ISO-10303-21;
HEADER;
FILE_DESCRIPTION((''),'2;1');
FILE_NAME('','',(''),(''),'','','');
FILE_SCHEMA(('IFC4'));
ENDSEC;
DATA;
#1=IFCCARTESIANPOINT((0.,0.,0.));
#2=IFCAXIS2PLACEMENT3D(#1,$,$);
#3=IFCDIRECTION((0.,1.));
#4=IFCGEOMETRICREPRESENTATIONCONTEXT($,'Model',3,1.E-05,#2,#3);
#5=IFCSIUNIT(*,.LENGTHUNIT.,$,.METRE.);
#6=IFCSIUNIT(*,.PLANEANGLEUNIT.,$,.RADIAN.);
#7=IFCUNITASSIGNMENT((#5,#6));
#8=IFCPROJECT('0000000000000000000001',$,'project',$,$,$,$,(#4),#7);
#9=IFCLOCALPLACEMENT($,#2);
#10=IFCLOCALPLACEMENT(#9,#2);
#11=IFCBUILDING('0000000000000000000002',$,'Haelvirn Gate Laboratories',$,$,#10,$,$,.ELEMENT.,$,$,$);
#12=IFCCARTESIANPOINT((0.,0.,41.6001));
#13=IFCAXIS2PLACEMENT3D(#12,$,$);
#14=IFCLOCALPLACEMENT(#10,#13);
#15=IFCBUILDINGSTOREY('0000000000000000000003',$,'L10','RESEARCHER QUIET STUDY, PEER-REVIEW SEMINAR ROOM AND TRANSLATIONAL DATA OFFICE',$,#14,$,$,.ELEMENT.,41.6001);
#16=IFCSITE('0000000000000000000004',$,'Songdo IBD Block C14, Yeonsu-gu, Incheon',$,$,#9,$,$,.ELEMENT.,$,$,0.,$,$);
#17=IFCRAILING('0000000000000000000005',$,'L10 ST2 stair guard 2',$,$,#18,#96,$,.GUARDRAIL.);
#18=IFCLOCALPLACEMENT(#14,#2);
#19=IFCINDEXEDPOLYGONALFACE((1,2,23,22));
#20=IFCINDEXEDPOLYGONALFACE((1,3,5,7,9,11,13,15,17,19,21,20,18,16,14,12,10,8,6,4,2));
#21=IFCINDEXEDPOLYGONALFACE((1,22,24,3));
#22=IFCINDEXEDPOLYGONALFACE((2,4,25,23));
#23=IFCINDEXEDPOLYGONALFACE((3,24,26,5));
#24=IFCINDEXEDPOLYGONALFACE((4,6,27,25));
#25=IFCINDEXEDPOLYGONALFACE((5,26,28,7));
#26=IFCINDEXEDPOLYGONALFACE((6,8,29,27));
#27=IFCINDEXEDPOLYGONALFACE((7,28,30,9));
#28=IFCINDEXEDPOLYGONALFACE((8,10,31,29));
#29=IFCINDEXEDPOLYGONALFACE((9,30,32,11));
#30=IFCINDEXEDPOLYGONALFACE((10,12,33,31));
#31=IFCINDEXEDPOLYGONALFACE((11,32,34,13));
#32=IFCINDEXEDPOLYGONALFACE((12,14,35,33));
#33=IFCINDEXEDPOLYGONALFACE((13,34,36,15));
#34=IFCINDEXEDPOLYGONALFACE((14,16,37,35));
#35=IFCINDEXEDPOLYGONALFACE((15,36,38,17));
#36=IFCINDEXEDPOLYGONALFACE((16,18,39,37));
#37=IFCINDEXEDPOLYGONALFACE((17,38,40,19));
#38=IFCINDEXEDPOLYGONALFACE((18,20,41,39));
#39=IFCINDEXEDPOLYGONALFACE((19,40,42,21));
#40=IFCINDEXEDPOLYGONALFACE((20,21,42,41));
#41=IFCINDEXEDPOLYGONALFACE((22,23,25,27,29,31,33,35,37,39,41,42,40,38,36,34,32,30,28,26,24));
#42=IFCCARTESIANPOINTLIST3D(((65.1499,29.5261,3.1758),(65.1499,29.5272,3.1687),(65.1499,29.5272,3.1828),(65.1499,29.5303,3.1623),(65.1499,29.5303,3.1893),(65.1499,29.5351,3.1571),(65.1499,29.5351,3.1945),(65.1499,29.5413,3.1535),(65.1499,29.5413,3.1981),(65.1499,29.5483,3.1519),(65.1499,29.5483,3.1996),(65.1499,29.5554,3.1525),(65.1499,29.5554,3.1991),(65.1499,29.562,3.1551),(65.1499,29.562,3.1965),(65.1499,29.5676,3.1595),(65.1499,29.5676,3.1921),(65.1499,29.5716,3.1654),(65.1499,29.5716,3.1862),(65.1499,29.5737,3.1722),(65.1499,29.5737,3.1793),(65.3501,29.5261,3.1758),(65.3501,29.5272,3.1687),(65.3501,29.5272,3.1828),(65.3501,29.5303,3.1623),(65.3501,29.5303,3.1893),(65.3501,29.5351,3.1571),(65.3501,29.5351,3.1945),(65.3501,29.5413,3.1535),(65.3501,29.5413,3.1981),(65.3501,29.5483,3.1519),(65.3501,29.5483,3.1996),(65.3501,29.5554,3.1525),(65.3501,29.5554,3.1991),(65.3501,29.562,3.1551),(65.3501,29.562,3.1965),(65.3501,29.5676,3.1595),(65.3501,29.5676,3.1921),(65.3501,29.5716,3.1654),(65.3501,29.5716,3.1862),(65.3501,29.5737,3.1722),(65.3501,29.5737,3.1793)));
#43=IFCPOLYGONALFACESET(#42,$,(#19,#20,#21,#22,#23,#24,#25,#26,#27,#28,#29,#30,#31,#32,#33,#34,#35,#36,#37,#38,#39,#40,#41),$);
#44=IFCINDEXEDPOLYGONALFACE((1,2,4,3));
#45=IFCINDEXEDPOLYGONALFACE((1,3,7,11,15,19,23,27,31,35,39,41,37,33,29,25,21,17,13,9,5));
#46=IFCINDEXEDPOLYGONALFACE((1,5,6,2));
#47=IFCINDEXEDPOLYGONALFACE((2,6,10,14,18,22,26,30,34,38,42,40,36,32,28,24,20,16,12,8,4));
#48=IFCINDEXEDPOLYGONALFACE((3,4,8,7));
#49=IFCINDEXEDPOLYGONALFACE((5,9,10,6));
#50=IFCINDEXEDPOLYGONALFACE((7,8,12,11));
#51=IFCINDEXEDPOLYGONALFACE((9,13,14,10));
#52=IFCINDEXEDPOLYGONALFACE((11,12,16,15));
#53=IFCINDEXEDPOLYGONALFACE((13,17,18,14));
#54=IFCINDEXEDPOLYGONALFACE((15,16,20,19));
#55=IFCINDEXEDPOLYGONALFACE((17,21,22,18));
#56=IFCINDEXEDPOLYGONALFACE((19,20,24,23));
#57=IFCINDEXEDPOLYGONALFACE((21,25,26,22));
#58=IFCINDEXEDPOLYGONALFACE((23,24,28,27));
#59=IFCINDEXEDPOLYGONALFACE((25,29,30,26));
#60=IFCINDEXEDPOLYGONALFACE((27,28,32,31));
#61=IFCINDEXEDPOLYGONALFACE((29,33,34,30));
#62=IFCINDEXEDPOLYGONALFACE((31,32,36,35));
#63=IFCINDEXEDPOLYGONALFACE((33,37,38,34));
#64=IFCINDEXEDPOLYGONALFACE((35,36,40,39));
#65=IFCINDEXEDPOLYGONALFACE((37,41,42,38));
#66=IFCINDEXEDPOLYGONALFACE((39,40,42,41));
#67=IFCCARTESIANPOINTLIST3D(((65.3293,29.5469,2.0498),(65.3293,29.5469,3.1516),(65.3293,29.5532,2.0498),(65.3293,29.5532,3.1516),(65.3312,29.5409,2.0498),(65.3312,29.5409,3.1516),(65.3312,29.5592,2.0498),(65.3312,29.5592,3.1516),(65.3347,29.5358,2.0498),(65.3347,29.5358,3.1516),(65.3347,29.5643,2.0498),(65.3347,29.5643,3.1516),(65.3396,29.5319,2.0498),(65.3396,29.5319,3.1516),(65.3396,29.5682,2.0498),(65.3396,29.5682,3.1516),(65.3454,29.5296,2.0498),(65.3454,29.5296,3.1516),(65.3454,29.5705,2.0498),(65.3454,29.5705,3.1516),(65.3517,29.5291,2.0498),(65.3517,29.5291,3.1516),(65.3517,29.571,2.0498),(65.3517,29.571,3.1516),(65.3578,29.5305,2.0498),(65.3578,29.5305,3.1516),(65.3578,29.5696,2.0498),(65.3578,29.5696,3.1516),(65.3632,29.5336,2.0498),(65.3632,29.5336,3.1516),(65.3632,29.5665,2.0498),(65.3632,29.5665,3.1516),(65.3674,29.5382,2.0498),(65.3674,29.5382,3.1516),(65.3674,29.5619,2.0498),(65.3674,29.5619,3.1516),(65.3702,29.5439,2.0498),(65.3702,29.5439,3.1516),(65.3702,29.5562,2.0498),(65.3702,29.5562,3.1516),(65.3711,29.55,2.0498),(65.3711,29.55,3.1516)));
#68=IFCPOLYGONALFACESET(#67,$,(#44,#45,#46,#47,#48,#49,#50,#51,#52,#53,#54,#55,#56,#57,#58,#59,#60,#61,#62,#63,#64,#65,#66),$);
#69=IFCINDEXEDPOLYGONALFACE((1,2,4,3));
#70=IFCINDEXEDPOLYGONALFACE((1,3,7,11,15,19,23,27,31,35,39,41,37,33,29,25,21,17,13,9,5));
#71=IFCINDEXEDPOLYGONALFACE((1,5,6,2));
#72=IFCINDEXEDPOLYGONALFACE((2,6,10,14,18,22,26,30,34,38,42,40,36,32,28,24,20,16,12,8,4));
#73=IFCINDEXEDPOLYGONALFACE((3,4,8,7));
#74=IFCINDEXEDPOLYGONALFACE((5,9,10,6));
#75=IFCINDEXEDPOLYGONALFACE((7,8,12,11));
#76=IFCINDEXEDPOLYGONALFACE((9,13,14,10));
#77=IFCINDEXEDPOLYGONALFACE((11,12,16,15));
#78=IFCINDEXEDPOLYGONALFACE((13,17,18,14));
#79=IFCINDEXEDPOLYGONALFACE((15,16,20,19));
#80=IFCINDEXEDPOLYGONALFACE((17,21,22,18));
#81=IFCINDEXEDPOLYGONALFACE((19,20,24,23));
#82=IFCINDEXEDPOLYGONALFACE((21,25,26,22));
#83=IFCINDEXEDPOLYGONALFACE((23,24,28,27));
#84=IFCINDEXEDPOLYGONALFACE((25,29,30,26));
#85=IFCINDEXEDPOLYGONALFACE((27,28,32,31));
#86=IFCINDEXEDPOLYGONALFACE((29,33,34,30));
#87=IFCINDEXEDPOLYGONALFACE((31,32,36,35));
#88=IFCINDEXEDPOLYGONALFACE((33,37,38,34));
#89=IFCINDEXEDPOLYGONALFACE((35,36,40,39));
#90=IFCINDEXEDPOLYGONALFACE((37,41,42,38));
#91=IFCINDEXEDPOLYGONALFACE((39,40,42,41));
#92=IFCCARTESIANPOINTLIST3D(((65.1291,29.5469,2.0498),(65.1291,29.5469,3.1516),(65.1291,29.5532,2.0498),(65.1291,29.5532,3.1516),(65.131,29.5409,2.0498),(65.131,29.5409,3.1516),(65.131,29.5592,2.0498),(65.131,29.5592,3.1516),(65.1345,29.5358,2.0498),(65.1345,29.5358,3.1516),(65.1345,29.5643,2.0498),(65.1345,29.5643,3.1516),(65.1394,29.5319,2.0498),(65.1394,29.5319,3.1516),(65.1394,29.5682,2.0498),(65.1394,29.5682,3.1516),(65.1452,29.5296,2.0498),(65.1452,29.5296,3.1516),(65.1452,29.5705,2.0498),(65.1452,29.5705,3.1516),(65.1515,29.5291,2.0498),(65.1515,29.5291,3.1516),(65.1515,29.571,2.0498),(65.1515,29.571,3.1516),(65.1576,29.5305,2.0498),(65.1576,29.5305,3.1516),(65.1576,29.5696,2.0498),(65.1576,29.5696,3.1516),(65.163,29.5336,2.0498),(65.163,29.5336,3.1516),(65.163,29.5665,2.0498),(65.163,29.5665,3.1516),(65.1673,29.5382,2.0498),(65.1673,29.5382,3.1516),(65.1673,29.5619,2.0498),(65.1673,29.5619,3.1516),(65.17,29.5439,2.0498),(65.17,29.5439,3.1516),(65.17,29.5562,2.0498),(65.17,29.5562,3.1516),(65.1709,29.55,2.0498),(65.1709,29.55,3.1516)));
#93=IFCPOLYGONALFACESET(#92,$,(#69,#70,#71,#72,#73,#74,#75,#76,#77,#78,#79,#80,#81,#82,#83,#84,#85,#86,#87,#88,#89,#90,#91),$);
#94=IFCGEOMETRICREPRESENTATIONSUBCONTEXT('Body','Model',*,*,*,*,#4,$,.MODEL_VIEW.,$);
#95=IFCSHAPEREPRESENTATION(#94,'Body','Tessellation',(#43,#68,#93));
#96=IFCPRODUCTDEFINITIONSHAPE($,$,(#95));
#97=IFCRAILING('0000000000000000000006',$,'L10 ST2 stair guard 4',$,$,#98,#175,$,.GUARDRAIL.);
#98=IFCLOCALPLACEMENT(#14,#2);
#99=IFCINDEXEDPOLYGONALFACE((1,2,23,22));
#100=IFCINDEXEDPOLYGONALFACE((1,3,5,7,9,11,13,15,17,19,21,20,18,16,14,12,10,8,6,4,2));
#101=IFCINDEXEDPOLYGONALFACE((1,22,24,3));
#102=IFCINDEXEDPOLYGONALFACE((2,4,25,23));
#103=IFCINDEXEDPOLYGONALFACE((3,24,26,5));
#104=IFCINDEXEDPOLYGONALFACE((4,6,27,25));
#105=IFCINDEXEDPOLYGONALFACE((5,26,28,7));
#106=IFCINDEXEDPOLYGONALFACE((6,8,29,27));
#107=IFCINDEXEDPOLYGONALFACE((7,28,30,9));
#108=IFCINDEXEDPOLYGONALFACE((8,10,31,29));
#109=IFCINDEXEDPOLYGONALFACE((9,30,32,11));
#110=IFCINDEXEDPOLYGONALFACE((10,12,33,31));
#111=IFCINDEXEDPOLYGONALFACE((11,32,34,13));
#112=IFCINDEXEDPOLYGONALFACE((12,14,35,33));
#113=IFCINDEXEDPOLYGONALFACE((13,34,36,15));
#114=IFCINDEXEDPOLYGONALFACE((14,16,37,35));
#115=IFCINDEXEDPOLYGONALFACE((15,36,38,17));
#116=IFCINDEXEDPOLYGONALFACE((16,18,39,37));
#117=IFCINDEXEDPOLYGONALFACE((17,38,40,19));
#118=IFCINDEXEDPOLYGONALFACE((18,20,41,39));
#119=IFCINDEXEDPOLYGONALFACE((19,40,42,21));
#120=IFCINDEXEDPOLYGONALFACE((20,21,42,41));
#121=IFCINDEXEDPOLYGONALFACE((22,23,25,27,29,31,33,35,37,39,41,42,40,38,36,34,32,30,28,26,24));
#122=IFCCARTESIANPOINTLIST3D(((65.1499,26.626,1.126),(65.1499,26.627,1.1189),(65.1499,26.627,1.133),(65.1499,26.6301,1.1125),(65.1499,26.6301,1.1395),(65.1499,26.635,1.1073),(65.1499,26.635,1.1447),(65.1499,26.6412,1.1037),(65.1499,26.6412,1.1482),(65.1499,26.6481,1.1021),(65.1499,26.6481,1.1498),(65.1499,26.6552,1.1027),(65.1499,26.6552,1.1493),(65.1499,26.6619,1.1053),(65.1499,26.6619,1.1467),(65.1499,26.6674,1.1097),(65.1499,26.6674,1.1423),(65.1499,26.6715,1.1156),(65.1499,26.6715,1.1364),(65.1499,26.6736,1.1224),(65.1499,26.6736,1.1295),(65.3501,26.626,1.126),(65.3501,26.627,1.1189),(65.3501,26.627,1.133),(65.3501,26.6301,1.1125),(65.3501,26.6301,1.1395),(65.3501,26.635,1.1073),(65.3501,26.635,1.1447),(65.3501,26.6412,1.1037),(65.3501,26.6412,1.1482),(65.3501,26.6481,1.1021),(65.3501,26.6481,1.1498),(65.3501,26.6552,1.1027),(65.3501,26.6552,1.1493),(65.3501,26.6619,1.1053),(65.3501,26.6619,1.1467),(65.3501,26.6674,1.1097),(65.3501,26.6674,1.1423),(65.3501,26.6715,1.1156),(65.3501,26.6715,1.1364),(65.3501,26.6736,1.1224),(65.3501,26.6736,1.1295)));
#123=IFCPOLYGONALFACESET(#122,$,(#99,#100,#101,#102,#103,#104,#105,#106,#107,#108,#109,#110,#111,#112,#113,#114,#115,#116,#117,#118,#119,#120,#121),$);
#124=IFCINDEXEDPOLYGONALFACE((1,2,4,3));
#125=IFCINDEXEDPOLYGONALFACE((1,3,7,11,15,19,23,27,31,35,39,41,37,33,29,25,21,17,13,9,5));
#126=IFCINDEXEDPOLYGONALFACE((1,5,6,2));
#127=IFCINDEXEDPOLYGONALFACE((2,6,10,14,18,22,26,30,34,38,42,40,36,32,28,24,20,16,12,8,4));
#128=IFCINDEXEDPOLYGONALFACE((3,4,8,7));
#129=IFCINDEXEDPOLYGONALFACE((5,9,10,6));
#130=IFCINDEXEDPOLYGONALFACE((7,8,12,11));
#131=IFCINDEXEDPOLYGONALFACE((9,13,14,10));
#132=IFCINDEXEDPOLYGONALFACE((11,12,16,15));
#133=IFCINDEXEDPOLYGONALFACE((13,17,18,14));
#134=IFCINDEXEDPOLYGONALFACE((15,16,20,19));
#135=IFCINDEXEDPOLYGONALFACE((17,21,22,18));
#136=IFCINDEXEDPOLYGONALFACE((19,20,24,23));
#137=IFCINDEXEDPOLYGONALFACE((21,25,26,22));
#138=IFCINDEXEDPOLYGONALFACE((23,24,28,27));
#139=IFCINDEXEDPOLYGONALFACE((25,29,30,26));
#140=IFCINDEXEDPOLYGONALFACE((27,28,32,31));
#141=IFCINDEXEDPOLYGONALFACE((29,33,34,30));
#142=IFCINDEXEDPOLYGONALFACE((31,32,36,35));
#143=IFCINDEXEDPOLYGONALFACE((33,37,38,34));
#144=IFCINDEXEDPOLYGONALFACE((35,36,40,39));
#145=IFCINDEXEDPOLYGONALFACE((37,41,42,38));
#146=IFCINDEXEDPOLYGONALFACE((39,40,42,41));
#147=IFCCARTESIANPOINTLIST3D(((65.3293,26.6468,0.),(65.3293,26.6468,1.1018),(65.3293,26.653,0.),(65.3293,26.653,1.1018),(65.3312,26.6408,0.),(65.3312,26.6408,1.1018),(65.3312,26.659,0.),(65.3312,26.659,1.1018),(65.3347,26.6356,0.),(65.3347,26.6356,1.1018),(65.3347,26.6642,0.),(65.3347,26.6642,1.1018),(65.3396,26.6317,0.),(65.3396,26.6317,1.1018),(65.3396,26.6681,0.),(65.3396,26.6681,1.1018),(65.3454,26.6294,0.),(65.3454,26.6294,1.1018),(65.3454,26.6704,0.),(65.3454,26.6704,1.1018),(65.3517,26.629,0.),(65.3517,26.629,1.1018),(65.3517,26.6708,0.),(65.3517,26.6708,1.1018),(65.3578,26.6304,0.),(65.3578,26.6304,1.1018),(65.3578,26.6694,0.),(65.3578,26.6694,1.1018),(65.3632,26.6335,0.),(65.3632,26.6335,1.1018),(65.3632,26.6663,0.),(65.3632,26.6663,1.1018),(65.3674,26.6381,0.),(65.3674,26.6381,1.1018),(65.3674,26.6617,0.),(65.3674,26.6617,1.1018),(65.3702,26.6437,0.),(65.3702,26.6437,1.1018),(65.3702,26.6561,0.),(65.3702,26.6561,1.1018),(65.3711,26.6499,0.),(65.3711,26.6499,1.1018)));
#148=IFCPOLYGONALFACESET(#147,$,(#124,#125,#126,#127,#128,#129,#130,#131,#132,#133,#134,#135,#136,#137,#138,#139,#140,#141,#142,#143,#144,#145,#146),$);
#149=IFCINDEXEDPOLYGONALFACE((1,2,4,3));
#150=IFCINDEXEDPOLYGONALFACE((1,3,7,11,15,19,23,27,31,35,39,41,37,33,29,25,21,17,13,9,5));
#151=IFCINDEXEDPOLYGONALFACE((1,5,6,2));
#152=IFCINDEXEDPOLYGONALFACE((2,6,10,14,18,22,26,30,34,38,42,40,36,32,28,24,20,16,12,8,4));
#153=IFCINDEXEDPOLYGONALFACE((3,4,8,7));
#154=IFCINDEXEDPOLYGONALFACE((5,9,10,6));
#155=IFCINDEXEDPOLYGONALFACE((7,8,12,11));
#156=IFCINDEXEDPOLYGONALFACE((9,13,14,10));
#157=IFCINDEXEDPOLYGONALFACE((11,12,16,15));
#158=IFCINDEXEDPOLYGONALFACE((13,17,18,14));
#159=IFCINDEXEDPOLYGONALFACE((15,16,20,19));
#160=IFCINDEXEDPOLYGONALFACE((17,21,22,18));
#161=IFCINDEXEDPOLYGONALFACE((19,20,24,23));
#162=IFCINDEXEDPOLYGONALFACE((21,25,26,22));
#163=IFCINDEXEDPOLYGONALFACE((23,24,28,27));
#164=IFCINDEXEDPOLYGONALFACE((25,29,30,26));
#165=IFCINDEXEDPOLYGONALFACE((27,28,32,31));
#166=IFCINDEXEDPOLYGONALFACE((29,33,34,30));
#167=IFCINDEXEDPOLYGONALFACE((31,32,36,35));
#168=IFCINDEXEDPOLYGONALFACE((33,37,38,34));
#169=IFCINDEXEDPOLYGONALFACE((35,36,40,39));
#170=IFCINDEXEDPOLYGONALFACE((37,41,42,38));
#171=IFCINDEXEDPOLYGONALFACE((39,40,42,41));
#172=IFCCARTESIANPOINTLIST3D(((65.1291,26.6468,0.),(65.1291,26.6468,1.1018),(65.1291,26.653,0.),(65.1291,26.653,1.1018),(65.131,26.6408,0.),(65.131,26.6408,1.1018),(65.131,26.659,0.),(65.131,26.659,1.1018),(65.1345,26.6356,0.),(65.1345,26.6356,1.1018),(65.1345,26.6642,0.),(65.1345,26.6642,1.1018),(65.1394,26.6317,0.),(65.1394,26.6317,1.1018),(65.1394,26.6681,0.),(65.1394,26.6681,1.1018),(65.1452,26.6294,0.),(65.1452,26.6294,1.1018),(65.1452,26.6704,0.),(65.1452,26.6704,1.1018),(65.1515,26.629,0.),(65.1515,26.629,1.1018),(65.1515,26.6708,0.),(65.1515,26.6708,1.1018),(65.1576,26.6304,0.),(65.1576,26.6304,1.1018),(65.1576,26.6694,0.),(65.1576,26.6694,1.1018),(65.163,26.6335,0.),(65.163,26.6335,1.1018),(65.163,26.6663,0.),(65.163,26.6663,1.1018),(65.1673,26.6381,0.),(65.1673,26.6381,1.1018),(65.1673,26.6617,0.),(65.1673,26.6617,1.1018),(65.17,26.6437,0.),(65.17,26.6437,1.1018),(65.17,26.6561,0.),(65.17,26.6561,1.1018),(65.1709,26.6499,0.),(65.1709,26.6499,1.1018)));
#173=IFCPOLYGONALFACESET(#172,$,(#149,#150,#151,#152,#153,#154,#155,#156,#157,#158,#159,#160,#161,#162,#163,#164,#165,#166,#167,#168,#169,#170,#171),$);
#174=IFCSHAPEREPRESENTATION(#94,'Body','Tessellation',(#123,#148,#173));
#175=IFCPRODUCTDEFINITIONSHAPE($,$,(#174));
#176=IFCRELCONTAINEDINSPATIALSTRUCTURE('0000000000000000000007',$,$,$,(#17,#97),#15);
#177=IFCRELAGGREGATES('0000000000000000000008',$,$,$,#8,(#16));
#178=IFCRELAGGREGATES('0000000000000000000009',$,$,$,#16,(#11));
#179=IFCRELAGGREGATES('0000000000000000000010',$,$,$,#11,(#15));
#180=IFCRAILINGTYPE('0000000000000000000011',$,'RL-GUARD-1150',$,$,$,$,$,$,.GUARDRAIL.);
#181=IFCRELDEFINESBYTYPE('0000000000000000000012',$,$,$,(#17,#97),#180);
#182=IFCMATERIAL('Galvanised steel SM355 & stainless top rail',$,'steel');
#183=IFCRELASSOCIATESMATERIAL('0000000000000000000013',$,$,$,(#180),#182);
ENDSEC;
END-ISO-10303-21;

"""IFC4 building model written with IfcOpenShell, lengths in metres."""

from ifc_helpers import new_model, si_unit, direction, frame, origin, origin_2d, place, context, subcontext, project, spatial, circle, extrude, source, transform, mapped, material, type_object, element, save


model = new_model("IFC4")

# Units and contexts
model_context = context("Model", 3, precision=1e-05, world=origin(), true_north=direction((0.0, 1.0)))
body_context = subcontext(model_context, "Body", "Model", "MODEL_VIEW")
ifc_project = project(units=[si_unit("LENGTHUNIT", "METRE"), si_unit("PLANEANGLEUNIT", "RADIAN")], contexts=[model_context])

# Site, building, storey
site_placement = place(None, origin())
site = spatial("IfcSite", under=ifc_project, at=site_placement, Name="Songdo IBD Block C14, Yeonsu-gu, Incheon", CompositionType="ELEMENT", RefElevation=0.0)
building_placement = place(site_placement, origin())
building = spatial("IfcBuilding", under=site, at=building_placement, Name="Haelvirn Gate Laboratories", CompositionType="ELEMENT")
storey_placement = place(building_placement, frame((0.0, 0.0, 41.6001)))
storey = spatial("IfcBuildingStorey", under=building, at=storey_placement, Name="L10", Description="RESEARCHER QUIET STUDY, PEER-REVIEW SEMINAR ROOM AND TRANSLATIONAL DATA OFFICE", CompositionType="ELEMENT", Elevation=41.6001)

# Railings
ifc_material_1 = material(Name="Galvanised steel SM355 & stainless top rail", Category="steel")
railing_type_1 = type_object("IfcRailingType", Name="RL-GUARD-1150", PredefinedType="GUARDRAIL", material=ifc_material_1)
shared_shape_1 = source(origin(), body_context, "Body", "SweptSolid", [
    extrude(circle(Radius=0.0239, at=origin_2d()), frame((0.0, 0.0, 1.126), z_axis=(-1.0, 0.0, 0.0), x_axis=(0.0, -1.0, 0.0)), (0.0, 0.0, 1.0), 0.2002),
    extrude(circle(Radius=0.021, at=origin_2d()), origin(), (0.0, 0.0, 1.0), 1.1018),
    extrude(circle(Radius=0.021, at=origin_2d()), frame((-0.2002, 0.0, 0.0)), (0.0, 0.0, 1.0), 1.1018),
])
for number, where, name in (
    (1, (65.3501, 29.55, 2.0498), "L10 ST2 stair guard 2"),
    (2, (65.3501, 26.6499, 0.0), "L10 ST2 stair guard 4"),
):
    element("IfcRailing", number, at=place(storey_placement, frame(where)), inside=storey, type_object=railing_type_1, Name=name, PredefinedType="GUARDRAIL", context=body_context, shape_type="MappedRepresentation", body=[
        mapped(shared_shape_1, transform((0.0, 0.0, 0.0), scale=1.0)),
    ])

save(model, "model.ifc")
